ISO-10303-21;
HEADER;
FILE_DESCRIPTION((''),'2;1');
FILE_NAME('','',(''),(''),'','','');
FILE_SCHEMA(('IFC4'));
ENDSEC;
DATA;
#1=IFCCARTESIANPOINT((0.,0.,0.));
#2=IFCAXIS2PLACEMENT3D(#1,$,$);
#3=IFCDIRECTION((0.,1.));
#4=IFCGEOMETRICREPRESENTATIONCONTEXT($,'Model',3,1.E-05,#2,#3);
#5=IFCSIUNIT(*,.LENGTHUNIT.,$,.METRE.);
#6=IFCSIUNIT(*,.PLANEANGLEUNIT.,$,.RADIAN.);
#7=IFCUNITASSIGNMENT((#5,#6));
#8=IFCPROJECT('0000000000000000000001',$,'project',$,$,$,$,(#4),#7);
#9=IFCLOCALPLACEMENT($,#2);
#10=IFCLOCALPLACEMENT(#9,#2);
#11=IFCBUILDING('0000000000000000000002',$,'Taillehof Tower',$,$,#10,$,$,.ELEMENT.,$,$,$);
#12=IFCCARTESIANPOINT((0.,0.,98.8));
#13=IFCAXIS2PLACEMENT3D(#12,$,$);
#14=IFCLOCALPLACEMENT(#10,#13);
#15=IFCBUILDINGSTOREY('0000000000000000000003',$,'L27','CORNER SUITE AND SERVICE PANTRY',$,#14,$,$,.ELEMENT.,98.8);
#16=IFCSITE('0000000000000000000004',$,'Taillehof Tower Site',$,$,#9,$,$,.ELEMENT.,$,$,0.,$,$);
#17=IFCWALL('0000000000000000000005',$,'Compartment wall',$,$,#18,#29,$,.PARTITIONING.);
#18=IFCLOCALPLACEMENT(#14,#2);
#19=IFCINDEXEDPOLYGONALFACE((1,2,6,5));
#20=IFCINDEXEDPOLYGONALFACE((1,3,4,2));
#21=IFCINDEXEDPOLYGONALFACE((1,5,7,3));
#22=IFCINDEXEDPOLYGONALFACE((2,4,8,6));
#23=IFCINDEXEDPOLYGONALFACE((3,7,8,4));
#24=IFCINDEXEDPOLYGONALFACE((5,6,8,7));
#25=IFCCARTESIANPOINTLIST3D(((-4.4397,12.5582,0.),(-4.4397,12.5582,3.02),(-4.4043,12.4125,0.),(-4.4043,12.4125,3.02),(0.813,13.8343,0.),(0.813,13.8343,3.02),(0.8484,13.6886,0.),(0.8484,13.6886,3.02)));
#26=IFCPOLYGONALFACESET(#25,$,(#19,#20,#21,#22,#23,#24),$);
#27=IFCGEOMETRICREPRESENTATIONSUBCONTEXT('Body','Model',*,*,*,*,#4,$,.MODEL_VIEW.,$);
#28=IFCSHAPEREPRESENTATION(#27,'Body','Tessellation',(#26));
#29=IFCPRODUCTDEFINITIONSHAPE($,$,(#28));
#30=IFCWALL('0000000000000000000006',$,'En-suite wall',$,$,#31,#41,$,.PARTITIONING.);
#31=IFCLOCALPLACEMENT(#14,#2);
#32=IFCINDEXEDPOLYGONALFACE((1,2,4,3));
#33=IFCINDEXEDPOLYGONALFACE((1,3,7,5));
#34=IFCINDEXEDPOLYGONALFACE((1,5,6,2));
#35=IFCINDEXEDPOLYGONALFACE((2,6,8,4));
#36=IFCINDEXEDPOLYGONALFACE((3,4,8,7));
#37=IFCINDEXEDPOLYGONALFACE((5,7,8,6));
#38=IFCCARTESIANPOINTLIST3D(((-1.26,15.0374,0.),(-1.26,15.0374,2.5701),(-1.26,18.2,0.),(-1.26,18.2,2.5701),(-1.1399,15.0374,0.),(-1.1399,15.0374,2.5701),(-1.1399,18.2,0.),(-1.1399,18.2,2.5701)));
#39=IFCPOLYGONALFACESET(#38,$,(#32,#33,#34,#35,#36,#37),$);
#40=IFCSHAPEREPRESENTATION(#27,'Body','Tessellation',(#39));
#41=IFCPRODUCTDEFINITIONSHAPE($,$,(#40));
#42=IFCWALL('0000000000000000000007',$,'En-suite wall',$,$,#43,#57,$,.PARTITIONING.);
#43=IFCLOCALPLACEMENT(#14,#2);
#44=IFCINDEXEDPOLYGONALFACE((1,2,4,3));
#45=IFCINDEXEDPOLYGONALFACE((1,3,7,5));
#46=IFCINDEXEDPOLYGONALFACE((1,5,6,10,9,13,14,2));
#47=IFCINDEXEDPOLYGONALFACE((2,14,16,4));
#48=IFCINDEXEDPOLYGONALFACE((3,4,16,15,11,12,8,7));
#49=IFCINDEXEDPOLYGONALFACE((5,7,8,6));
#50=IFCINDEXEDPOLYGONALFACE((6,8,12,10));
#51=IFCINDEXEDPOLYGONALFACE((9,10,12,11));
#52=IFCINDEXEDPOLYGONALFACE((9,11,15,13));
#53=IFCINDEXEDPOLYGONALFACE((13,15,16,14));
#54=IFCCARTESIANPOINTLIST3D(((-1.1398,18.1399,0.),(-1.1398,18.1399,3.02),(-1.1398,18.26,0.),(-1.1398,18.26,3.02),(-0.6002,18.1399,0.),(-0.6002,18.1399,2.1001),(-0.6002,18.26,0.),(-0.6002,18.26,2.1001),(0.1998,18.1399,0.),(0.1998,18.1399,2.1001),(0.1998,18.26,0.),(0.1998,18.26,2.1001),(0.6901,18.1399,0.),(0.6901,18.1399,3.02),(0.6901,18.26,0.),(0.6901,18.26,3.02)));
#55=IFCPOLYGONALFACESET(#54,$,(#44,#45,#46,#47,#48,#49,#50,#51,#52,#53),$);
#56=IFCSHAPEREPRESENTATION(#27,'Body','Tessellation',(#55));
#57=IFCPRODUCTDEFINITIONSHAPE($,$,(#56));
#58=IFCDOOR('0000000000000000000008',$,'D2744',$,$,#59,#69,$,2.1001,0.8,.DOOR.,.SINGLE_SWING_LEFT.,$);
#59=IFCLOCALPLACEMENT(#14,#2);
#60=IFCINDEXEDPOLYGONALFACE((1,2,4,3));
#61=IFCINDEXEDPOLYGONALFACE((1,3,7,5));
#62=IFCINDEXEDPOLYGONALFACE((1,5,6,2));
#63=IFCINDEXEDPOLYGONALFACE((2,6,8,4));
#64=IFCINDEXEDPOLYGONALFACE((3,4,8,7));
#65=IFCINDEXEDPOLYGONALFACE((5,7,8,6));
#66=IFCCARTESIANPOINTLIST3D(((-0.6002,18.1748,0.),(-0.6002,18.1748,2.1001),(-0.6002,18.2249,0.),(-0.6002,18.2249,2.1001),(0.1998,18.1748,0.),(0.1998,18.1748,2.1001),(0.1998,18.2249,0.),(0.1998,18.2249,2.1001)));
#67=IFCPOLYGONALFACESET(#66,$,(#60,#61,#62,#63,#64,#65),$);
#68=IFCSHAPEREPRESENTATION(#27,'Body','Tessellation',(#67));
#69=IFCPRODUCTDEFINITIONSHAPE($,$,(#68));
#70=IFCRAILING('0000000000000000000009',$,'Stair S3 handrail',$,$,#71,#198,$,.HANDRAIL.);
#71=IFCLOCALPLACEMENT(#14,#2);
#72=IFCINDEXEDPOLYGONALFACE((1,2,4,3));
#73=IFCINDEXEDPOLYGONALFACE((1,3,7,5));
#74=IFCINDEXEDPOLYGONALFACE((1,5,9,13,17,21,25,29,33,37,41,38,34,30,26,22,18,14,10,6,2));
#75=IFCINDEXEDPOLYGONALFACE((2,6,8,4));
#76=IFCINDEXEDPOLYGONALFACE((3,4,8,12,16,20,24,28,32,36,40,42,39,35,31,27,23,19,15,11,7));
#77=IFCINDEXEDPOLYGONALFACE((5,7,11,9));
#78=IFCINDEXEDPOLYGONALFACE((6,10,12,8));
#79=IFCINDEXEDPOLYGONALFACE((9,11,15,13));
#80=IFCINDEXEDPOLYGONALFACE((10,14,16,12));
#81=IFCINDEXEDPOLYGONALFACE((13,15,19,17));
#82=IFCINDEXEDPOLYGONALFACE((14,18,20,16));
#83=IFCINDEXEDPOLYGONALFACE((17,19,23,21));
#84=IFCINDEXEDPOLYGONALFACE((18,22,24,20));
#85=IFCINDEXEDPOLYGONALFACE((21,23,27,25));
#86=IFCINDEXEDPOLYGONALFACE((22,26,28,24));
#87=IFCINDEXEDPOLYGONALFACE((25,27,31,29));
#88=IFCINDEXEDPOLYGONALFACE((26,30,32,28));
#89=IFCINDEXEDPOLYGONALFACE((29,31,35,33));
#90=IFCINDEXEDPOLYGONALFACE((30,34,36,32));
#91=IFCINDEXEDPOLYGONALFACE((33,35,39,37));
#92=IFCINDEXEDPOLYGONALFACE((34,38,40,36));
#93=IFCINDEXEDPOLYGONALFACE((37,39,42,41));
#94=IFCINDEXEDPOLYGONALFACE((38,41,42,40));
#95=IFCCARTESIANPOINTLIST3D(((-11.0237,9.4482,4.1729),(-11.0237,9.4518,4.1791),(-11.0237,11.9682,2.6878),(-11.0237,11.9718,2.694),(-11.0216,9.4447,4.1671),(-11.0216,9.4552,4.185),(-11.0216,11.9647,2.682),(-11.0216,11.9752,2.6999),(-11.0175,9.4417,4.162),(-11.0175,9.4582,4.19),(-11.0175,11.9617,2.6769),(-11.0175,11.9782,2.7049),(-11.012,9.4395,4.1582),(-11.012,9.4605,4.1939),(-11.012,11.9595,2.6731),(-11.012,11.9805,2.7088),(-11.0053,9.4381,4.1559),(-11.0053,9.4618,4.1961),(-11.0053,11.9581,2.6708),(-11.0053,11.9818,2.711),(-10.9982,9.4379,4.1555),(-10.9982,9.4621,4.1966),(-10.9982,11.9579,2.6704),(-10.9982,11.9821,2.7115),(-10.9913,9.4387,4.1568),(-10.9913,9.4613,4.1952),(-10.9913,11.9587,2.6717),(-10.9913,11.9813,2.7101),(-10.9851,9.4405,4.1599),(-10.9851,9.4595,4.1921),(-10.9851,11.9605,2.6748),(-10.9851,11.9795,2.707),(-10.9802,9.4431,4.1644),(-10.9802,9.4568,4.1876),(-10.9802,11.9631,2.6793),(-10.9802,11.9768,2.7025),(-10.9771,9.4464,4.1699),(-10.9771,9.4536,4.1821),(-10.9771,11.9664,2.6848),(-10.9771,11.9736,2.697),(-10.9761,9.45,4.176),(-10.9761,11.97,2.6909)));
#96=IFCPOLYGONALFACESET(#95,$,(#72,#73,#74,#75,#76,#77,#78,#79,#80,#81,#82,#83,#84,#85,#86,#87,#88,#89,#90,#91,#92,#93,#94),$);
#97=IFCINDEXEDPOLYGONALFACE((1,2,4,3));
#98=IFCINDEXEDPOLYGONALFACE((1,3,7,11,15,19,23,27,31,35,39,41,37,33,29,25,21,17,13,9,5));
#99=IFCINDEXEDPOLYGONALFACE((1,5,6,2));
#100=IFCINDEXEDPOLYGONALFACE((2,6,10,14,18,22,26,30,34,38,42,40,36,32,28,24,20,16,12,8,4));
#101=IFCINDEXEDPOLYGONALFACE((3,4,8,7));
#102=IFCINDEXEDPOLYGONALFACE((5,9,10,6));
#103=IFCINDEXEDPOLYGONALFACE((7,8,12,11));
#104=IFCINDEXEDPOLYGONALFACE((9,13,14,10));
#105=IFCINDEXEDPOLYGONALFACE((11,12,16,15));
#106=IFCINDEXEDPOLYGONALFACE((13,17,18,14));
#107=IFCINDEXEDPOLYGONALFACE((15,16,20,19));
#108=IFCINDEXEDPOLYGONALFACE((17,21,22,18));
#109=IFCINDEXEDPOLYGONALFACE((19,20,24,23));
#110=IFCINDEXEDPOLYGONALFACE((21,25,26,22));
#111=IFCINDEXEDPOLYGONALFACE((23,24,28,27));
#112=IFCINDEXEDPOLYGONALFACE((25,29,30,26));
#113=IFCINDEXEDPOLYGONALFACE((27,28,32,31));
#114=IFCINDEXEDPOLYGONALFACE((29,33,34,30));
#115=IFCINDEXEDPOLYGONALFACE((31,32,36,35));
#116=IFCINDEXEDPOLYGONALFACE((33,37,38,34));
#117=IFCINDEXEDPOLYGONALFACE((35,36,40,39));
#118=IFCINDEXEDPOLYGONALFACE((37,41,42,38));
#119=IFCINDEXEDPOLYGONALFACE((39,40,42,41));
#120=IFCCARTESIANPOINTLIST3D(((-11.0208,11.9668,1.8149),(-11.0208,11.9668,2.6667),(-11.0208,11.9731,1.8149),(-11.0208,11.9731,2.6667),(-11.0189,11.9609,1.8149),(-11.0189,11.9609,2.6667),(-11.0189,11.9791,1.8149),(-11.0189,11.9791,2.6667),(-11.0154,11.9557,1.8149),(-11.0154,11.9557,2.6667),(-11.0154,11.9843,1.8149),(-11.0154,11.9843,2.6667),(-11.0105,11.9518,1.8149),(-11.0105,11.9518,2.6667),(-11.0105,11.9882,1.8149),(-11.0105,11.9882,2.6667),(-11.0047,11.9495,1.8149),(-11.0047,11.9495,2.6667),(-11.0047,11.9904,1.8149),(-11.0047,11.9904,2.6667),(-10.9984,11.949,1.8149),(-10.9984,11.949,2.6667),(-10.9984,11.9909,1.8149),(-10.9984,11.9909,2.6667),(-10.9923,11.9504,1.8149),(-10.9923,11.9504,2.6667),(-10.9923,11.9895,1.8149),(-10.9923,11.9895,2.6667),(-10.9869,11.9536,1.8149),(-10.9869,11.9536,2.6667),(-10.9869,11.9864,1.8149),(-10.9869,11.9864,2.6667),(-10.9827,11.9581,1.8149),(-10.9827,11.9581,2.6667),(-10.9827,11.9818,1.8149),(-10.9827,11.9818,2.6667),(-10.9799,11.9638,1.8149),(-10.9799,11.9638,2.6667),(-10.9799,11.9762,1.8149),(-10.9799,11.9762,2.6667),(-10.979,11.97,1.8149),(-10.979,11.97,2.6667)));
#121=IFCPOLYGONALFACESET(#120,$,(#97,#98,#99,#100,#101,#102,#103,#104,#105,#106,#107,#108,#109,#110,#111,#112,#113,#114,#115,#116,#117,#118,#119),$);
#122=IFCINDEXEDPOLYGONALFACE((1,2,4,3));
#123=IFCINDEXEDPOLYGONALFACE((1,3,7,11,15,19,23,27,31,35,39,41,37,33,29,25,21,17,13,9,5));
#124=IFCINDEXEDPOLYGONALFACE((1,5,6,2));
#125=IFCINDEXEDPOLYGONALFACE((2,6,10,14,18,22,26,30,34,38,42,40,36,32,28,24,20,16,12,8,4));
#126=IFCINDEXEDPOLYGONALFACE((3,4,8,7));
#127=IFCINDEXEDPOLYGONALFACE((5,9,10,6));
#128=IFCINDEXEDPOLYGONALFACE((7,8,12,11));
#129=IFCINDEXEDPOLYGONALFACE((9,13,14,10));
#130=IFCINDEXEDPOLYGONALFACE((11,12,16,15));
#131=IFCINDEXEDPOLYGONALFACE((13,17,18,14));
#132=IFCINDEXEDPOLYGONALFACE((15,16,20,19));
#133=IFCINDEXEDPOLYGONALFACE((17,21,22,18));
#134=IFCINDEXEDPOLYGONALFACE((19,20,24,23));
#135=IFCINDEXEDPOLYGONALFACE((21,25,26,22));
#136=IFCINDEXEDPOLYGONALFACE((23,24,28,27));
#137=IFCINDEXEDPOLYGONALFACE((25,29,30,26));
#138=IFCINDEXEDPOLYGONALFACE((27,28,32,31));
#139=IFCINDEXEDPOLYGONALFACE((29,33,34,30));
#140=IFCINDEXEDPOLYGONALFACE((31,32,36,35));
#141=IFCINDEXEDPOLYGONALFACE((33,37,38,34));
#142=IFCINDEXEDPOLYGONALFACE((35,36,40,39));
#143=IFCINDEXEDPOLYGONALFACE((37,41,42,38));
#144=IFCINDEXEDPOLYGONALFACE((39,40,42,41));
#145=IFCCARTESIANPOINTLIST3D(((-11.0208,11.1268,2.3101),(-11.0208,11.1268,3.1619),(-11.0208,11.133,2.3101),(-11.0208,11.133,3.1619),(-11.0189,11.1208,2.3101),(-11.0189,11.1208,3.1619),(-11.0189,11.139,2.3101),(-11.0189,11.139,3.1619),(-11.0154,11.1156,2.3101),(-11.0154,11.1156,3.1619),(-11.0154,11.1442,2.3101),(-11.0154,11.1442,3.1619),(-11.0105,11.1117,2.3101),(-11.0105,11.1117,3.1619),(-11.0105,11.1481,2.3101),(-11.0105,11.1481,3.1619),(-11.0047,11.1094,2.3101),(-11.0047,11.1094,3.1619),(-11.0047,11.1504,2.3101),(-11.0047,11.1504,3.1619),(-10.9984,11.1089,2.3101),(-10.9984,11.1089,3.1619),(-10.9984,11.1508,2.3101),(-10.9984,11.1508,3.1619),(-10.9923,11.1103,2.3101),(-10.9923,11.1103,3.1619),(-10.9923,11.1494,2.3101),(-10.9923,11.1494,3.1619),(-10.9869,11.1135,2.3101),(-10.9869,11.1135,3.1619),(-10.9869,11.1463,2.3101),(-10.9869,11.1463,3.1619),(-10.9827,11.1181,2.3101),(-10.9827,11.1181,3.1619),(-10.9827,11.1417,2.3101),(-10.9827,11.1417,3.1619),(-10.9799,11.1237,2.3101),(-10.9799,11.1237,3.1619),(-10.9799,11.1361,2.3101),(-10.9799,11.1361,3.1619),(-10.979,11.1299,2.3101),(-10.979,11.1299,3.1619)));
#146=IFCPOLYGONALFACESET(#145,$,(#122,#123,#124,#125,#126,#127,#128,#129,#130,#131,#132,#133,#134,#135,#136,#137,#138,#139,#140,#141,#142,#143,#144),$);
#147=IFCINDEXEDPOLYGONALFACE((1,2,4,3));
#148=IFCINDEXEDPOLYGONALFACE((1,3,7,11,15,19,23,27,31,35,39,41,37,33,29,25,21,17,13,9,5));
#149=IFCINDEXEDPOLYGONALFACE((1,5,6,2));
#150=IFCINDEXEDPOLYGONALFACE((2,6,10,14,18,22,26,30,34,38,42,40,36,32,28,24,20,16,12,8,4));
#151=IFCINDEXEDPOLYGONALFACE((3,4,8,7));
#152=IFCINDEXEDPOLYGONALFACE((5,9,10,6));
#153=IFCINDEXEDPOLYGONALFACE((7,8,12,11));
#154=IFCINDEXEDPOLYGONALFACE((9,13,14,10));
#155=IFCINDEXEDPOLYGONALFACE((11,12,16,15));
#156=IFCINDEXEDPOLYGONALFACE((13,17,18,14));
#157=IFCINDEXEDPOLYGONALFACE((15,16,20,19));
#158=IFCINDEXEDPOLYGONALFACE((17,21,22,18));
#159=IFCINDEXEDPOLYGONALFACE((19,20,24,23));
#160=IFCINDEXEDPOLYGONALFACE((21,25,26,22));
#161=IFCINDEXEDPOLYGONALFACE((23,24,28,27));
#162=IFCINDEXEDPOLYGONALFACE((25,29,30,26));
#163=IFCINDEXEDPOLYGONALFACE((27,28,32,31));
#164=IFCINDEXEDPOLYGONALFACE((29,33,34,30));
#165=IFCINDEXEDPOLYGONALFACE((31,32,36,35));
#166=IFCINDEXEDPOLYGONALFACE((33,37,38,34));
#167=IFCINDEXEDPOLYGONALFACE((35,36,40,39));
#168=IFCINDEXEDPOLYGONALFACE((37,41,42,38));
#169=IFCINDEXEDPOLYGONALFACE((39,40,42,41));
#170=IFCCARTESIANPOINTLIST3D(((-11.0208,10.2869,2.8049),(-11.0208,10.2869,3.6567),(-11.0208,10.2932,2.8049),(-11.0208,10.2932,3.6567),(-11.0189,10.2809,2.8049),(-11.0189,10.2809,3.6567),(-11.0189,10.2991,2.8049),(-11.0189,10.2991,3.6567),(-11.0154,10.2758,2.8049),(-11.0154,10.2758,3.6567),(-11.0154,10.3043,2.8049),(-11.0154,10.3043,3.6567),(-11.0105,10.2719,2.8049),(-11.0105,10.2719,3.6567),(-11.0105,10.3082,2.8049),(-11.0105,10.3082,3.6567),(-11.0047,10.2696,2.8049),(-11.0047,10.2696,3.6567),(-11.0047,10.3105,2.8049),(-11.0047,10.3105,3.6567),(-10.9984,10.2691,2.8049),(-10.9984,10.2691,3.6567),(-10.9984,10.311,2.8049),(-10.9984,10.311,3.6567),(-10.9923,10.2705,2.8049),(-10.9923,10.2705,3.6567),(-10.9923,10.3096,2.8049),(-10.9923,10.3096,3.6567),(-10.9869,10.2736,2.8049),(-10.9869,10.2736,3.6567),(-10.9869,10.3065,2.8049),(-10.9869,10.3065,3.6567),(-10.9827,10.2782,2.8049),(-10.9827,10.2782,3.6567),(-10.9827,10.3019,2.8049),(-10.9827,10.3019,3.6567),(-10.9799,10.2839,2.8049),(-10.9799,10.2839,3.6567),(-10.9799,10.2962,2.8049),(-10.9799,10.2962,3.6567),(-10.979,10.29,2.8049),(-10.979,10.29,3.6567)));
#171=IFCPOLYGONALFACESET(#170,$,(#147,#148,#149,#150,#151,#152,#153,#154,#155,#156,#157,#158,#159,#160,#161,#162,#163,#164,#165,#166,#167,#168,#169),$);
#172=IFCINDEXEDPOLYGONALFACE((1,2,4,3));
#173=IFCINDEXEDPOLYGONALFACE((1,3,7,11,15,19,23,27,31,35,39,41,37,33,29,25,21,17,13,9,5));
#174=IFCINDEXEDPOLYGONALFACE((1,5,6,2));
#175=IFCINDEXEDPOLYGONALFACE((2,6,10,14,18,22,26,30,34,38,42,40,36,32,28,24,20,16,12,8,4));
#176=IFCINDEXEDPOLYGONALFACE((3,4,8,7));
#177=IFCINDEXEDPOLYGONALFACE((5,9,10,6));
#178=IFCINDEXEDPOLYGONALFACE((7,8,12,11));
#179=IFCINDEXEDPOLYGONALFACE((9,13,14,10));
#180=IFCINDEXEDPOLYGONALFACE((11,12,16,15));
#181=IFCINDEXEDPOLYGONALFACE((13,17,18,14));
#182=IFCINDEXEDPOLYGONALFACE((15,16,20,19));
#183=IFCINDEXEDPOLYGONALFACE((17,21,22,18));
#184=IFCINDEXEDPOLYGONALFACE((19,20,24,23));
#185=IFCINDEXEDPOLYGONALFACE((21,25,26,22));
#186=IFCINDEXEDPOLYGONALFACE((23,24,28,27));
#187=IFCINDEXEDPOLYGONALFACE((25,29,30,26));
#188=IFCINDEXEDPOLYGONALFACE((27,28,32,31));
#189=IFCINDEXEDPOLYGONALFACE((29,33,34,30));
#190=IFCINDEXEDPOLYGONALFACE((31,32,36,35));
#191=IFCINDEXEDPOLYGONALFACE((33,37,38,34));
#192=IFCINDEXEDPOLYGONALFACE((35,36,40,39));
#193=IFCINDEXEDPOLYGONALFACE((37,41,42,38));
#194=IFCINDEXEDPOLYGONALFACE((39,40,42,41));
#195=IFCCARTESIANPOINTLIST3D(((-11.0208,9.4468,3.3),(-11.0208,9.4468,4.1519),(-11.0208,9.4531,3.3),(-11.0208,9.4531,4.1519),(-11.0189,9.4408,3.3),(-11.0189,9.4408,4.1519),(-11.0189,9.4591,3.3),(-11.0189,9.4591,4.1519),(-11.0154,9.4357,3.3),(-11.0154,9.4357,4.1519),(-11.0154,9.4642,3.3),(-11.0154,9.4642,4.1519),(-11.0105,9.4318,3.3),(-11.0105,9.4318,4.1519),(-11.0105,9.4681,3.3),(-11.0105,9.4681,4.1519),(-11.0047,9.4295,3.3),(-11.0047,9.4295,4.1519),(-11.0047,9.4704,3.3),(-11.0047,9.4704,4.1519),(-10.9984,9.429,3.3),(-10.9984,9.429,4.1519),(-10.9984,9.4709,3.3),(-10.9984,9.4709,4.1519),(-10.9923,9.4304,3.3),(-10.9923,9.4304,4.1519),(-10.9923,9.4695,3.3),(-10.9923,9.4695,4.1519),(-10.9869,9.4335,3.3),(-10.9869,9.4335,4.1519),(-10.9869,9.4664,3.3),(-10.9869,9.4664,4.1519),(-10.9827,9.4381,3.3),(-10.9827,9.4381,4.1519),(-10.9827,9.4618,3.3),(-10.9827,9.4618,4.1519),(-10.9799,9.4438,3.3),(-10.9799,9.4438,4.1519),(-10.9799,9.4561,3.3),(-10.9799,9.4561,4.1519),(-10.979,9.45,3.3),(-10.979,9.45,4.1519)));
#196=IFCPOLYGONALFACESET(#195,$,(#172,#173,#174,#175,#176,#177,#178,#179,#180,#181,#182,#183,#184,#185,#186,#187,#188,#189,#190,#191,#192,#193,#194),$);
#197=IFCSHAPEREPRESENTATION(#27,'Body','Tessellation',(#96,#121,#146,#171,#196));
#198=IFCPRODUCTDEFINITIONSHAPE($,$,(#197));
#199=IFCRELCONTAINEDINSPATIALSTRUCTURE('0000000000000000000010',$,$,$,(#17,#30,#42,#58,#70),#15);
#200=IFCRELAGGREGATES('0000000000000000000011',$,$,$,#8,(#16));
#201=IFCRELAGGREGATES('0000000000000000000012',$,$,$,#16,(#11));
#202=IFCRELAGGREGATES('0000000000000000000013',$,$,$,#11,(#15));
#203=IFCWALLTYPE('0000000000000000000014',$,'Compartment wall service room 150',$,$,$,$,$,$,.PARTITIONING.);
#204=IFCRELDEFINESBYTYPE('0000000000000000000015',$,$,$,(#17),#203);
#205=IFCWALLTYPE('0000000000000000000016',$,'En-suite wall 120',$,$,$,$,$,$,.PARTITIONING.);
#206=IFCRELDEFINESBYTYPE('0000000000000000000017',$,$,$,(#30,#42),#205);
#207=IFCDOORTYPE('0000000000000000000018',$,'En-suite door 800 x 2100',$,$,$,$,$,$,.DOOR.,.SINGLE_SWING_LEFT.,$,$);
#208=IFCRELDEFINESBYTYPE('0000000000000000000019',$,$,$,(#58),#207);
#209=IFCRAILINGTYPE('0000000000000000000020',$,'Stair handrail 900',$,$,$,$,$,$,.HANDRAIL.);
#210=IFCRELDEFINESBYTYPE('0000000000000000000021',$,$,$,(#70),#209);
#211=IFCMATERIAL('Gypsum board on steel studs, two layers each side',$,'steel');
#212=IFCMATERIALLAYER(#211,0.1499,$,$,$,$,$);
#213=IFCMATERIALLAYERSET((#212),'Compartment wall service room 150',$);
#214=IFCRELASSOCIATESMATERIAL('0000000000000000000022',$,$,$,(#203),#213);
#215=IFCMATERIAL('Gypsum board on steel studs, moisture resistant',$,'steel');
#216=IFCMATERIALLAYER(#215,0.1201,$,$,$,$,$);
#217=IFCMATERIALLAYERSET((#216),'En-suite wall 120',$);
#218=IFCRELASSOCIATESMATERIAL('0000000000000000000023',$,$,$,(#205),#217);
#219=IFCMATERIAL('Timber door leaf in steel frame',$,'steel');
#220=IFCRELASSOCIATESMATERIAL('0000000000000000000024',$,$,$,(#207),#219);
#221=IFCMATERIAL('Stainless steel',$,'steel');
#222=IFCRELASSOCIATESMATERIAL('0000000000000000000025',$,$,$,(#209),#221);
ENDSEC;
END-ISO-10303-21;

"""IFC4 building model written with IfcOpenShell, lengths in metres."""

from ifc_helpers import new_model, si_unit, direction, frame, frame_2d, origin, origin_2d, place, context, subcontext, project, spatial, rectangle, circle, extrude, material, layer, layer_set, type_object, element, fill, save


model = new_model("IFC4")

# Units and contexts
model_context = context("Model", 3, precision=1e-05, world=origin(), true_north=direction((0.0, 1.0)))
body_context = subcontext(model_context, "Body", "Model", "MODEL_VIEW")
ifc_project = project(units=[si_unit("LENGTHUNIT", "METRE"), si_unit("PLANEANGLEUNIT", "RADIAN")], contexts=[model_context])

# Site, building, storey
site_placement = place(None, origin())
site = spatial("IfcSite", under=ifc_project, at=site_placement, Name="Taillehof Tower Site", CompositionType="ELEMENT", RefElevation=0.0)
building_placement = place(site_placement, origin())
building = spatial("IfcBuilding", under=site, at=building_placement, Name="Taillehof Tower", CompositionType="ELEMENT")
storey_placement = place(building_placement, frame((0.0, 0.0, 98.8)))
storey = spatial("IfcBuildingStorey", under=building, at=storey_placement, Name="L27", Description="CORNER SUITE AND SERVICE PANTRY", CompositionType="ELEMENT", Elevation=98.8)

# Walls
ifc_material_1 = material(Name="Gypsum board on steel studs, two layers each side", Category="steel")
ifc_layer_1 = layer(ifc_material_1, 0.1499)
ifc_layer_set_1 = layer_set([ifc_layer_1], Name="Compartment wall service room 150")
wall_type_1 = type_object("IfcWallType", Name="Compartment wall service room 150", PredefinedType="PARTITIONING", material=ifc_layer_set_1)
wall_1_placement = place(storey_placement, frame((-4.4219, 12.4854, 0.0), z_axis=(0.0, 0.0, 1.0), x_axis=(0.971734, 0.23608, 0.0)))
element("IfcWall", 1, at=wall_1_placement, inside=storey, type_object=wall_type_1, Name="Compartment wall", PredefinedType="PARTITIONING", context=body_context, shape_type="SweptSolid", body=[
    extrude(rectangle(XDim=5.4055, YDim=0.1499, at=frame_2d((2.7026, 0.0))), origin(), (0.0, 0.0, 1.0), 3.02),
])
ifc_material_2 = material(Name="Gypsum board on steel studs, moisture resistant", Category="steel")
ifc_layer_2 = layer(ifc_material_2, 0.1201)
ifc_layer_set_2 = layer_set([ifc_layer_2], Name="En-suite wall 120")
wall_type_2 = type_object("IfcWallType", Name="En-suite wall 120", PredefinedType="PARTITIONING", material=ifc_layer_set_2)
wall_2_placement = place(storey_placement, frame((-1.2, 15.0374, 0.0), z_axis=(0.0, 0.0, 1.0), x_axis=(0.0, 1.0, 0.0)))
element("IfcWall", 2, at=wall_2_placement, inside=storey, type_object=wall_type_2, Name="En-suite wall", PredefinedType="PARTITIONING", context=body_context, shape_type="SweptSolid", body=[
    extrude(rectangle(XDim=3.1626, YDim=0.1201, at=frame_2d((1.5813, 0.0))), origin(), (0.0, 0.0, 1.0), 2.5701),
])

# Wall, opening, door
wall_3_placement = place(storey_placement, frame((-1.1399, 18.2, 0.0), z_axis=(0.0, 0.0, 1.0), x_axis=(1.0, 0.0, 0.0)))
wall_3 = element("IfcWall", 3, at=wall_3_placement, inside=storey, type_object=wall_type_2, Name="En-suite wall", PredefinedType="PARTITIONING", context=body_context, shape_type="SweptSolid", body=[
    extrude(rectangle(XDim=1.8298, YDim=0.1201, at=frame_2d((0.915, 0.0))), origin(), (0.0, 0.0, 1.0), 3.02),
])
opening_1_placement = place(wall_3_placement, frame((0.5398, 0.0, 0.0)))
opening_1 = element("IfcOpeningElement", 4, at=opening_1_placement, cuts=wall_3, PredefinedType="OPENING", context=body_context, shape_type="SweptSolid", body=[
    extrude(rectangle(XDim=0.8, YDim=2.1001, at=frame_2d((0.3999, 1.05))), frame((0.0, 0.0701, 0.0), z_axis=(0.0, -1.0, 0.0), x_axis=(1.0, 0.0, 0.0)), (0.0, 0.0, 1.0), 0.1401),
])
ifc_material_3 = material(Name="Timber door leaf in steel frame", Category="steel")
door_type_1 = type_object("IfcDoorType", Name="En-suite door 800 x 2100", OperationType="SINGLE_SWING_LEFT", PredefinedType="DOOR", material=ifc_material_3)
door_1_placement = place(opening_1_placement, origin())
door_1 = element("IfcDoor", 5, at=door_1_placement, inside=storey, type_object=door_type_1, Name="D2744", OperationType="SINGLE_SWING_LEFT", OverallHeight=2.1001, OverallWidth=0.8, PredefinedType="DOOR", context=body_context, shape_type="SweptSolid", body=[
    extrude(rectangle(XDim=0.8, YDim=2.1001, at=frame_2d((0.3999, 1.05))), frame((0.0, 0.0249, 0.0), z_axis=(0.0, -1.0, 0.0), x_axis=(1.0, 0.0, 0.0)), (0.0, 0.0, 1.0), 0.05),
])
fill(opening_1, door_1)

# Railing
ifc_material_4 = material(Name="Stainless steel", Category="steel")
railing_type = type_object("IfcRailingType", Name="Stair handrail 900", PredefinedType="HANDRAIL", material=ifc_material_4)
railing_placement = place(storey_placement, frame((-11.0, 11.97, 1.8149)))
element("IfcRailing", 6, at=railing_placement, inside=storey, type_object=railing_type, Name="Stair S3 handrail", PredefinedType="HANDRAIL", context=body_context, shape_type="SweptSolid", body=[
    extrude(circle(Radius=0.0239, at=origin_2d()), frame((0.0, 0.0, 0.876), z_axis=(0.0, -0.861524, 0.507717), x_axis=(1.0, 0.0, 0.0)), (0.0, 0.0, 1.0), 2.925),
    extrude(circle(Radius=0.021, at=origin_2d()), origin(), (0.0, 0.0, 1.0), 0.8518),
    extrude(circle(Radius=0.021, at=origin_2d()), frame((0.0, -0.8401, 0.4951)), (0.0, 0.0, 1.0), 0.8518),
    extrude(circle(Radius=0.021, at=origin_2d()), frame((0.0, -1.6799, 0.99)), (0.0, 0.0, 1.0), 0.8518),
    extrude(circle(Radius=0.021, at=origin_2d()), frame((0.0, -2.52, 1.4851)), (0.0, 0.0, 1.0), 0.8518),
])

save(model, "model.ifc")
